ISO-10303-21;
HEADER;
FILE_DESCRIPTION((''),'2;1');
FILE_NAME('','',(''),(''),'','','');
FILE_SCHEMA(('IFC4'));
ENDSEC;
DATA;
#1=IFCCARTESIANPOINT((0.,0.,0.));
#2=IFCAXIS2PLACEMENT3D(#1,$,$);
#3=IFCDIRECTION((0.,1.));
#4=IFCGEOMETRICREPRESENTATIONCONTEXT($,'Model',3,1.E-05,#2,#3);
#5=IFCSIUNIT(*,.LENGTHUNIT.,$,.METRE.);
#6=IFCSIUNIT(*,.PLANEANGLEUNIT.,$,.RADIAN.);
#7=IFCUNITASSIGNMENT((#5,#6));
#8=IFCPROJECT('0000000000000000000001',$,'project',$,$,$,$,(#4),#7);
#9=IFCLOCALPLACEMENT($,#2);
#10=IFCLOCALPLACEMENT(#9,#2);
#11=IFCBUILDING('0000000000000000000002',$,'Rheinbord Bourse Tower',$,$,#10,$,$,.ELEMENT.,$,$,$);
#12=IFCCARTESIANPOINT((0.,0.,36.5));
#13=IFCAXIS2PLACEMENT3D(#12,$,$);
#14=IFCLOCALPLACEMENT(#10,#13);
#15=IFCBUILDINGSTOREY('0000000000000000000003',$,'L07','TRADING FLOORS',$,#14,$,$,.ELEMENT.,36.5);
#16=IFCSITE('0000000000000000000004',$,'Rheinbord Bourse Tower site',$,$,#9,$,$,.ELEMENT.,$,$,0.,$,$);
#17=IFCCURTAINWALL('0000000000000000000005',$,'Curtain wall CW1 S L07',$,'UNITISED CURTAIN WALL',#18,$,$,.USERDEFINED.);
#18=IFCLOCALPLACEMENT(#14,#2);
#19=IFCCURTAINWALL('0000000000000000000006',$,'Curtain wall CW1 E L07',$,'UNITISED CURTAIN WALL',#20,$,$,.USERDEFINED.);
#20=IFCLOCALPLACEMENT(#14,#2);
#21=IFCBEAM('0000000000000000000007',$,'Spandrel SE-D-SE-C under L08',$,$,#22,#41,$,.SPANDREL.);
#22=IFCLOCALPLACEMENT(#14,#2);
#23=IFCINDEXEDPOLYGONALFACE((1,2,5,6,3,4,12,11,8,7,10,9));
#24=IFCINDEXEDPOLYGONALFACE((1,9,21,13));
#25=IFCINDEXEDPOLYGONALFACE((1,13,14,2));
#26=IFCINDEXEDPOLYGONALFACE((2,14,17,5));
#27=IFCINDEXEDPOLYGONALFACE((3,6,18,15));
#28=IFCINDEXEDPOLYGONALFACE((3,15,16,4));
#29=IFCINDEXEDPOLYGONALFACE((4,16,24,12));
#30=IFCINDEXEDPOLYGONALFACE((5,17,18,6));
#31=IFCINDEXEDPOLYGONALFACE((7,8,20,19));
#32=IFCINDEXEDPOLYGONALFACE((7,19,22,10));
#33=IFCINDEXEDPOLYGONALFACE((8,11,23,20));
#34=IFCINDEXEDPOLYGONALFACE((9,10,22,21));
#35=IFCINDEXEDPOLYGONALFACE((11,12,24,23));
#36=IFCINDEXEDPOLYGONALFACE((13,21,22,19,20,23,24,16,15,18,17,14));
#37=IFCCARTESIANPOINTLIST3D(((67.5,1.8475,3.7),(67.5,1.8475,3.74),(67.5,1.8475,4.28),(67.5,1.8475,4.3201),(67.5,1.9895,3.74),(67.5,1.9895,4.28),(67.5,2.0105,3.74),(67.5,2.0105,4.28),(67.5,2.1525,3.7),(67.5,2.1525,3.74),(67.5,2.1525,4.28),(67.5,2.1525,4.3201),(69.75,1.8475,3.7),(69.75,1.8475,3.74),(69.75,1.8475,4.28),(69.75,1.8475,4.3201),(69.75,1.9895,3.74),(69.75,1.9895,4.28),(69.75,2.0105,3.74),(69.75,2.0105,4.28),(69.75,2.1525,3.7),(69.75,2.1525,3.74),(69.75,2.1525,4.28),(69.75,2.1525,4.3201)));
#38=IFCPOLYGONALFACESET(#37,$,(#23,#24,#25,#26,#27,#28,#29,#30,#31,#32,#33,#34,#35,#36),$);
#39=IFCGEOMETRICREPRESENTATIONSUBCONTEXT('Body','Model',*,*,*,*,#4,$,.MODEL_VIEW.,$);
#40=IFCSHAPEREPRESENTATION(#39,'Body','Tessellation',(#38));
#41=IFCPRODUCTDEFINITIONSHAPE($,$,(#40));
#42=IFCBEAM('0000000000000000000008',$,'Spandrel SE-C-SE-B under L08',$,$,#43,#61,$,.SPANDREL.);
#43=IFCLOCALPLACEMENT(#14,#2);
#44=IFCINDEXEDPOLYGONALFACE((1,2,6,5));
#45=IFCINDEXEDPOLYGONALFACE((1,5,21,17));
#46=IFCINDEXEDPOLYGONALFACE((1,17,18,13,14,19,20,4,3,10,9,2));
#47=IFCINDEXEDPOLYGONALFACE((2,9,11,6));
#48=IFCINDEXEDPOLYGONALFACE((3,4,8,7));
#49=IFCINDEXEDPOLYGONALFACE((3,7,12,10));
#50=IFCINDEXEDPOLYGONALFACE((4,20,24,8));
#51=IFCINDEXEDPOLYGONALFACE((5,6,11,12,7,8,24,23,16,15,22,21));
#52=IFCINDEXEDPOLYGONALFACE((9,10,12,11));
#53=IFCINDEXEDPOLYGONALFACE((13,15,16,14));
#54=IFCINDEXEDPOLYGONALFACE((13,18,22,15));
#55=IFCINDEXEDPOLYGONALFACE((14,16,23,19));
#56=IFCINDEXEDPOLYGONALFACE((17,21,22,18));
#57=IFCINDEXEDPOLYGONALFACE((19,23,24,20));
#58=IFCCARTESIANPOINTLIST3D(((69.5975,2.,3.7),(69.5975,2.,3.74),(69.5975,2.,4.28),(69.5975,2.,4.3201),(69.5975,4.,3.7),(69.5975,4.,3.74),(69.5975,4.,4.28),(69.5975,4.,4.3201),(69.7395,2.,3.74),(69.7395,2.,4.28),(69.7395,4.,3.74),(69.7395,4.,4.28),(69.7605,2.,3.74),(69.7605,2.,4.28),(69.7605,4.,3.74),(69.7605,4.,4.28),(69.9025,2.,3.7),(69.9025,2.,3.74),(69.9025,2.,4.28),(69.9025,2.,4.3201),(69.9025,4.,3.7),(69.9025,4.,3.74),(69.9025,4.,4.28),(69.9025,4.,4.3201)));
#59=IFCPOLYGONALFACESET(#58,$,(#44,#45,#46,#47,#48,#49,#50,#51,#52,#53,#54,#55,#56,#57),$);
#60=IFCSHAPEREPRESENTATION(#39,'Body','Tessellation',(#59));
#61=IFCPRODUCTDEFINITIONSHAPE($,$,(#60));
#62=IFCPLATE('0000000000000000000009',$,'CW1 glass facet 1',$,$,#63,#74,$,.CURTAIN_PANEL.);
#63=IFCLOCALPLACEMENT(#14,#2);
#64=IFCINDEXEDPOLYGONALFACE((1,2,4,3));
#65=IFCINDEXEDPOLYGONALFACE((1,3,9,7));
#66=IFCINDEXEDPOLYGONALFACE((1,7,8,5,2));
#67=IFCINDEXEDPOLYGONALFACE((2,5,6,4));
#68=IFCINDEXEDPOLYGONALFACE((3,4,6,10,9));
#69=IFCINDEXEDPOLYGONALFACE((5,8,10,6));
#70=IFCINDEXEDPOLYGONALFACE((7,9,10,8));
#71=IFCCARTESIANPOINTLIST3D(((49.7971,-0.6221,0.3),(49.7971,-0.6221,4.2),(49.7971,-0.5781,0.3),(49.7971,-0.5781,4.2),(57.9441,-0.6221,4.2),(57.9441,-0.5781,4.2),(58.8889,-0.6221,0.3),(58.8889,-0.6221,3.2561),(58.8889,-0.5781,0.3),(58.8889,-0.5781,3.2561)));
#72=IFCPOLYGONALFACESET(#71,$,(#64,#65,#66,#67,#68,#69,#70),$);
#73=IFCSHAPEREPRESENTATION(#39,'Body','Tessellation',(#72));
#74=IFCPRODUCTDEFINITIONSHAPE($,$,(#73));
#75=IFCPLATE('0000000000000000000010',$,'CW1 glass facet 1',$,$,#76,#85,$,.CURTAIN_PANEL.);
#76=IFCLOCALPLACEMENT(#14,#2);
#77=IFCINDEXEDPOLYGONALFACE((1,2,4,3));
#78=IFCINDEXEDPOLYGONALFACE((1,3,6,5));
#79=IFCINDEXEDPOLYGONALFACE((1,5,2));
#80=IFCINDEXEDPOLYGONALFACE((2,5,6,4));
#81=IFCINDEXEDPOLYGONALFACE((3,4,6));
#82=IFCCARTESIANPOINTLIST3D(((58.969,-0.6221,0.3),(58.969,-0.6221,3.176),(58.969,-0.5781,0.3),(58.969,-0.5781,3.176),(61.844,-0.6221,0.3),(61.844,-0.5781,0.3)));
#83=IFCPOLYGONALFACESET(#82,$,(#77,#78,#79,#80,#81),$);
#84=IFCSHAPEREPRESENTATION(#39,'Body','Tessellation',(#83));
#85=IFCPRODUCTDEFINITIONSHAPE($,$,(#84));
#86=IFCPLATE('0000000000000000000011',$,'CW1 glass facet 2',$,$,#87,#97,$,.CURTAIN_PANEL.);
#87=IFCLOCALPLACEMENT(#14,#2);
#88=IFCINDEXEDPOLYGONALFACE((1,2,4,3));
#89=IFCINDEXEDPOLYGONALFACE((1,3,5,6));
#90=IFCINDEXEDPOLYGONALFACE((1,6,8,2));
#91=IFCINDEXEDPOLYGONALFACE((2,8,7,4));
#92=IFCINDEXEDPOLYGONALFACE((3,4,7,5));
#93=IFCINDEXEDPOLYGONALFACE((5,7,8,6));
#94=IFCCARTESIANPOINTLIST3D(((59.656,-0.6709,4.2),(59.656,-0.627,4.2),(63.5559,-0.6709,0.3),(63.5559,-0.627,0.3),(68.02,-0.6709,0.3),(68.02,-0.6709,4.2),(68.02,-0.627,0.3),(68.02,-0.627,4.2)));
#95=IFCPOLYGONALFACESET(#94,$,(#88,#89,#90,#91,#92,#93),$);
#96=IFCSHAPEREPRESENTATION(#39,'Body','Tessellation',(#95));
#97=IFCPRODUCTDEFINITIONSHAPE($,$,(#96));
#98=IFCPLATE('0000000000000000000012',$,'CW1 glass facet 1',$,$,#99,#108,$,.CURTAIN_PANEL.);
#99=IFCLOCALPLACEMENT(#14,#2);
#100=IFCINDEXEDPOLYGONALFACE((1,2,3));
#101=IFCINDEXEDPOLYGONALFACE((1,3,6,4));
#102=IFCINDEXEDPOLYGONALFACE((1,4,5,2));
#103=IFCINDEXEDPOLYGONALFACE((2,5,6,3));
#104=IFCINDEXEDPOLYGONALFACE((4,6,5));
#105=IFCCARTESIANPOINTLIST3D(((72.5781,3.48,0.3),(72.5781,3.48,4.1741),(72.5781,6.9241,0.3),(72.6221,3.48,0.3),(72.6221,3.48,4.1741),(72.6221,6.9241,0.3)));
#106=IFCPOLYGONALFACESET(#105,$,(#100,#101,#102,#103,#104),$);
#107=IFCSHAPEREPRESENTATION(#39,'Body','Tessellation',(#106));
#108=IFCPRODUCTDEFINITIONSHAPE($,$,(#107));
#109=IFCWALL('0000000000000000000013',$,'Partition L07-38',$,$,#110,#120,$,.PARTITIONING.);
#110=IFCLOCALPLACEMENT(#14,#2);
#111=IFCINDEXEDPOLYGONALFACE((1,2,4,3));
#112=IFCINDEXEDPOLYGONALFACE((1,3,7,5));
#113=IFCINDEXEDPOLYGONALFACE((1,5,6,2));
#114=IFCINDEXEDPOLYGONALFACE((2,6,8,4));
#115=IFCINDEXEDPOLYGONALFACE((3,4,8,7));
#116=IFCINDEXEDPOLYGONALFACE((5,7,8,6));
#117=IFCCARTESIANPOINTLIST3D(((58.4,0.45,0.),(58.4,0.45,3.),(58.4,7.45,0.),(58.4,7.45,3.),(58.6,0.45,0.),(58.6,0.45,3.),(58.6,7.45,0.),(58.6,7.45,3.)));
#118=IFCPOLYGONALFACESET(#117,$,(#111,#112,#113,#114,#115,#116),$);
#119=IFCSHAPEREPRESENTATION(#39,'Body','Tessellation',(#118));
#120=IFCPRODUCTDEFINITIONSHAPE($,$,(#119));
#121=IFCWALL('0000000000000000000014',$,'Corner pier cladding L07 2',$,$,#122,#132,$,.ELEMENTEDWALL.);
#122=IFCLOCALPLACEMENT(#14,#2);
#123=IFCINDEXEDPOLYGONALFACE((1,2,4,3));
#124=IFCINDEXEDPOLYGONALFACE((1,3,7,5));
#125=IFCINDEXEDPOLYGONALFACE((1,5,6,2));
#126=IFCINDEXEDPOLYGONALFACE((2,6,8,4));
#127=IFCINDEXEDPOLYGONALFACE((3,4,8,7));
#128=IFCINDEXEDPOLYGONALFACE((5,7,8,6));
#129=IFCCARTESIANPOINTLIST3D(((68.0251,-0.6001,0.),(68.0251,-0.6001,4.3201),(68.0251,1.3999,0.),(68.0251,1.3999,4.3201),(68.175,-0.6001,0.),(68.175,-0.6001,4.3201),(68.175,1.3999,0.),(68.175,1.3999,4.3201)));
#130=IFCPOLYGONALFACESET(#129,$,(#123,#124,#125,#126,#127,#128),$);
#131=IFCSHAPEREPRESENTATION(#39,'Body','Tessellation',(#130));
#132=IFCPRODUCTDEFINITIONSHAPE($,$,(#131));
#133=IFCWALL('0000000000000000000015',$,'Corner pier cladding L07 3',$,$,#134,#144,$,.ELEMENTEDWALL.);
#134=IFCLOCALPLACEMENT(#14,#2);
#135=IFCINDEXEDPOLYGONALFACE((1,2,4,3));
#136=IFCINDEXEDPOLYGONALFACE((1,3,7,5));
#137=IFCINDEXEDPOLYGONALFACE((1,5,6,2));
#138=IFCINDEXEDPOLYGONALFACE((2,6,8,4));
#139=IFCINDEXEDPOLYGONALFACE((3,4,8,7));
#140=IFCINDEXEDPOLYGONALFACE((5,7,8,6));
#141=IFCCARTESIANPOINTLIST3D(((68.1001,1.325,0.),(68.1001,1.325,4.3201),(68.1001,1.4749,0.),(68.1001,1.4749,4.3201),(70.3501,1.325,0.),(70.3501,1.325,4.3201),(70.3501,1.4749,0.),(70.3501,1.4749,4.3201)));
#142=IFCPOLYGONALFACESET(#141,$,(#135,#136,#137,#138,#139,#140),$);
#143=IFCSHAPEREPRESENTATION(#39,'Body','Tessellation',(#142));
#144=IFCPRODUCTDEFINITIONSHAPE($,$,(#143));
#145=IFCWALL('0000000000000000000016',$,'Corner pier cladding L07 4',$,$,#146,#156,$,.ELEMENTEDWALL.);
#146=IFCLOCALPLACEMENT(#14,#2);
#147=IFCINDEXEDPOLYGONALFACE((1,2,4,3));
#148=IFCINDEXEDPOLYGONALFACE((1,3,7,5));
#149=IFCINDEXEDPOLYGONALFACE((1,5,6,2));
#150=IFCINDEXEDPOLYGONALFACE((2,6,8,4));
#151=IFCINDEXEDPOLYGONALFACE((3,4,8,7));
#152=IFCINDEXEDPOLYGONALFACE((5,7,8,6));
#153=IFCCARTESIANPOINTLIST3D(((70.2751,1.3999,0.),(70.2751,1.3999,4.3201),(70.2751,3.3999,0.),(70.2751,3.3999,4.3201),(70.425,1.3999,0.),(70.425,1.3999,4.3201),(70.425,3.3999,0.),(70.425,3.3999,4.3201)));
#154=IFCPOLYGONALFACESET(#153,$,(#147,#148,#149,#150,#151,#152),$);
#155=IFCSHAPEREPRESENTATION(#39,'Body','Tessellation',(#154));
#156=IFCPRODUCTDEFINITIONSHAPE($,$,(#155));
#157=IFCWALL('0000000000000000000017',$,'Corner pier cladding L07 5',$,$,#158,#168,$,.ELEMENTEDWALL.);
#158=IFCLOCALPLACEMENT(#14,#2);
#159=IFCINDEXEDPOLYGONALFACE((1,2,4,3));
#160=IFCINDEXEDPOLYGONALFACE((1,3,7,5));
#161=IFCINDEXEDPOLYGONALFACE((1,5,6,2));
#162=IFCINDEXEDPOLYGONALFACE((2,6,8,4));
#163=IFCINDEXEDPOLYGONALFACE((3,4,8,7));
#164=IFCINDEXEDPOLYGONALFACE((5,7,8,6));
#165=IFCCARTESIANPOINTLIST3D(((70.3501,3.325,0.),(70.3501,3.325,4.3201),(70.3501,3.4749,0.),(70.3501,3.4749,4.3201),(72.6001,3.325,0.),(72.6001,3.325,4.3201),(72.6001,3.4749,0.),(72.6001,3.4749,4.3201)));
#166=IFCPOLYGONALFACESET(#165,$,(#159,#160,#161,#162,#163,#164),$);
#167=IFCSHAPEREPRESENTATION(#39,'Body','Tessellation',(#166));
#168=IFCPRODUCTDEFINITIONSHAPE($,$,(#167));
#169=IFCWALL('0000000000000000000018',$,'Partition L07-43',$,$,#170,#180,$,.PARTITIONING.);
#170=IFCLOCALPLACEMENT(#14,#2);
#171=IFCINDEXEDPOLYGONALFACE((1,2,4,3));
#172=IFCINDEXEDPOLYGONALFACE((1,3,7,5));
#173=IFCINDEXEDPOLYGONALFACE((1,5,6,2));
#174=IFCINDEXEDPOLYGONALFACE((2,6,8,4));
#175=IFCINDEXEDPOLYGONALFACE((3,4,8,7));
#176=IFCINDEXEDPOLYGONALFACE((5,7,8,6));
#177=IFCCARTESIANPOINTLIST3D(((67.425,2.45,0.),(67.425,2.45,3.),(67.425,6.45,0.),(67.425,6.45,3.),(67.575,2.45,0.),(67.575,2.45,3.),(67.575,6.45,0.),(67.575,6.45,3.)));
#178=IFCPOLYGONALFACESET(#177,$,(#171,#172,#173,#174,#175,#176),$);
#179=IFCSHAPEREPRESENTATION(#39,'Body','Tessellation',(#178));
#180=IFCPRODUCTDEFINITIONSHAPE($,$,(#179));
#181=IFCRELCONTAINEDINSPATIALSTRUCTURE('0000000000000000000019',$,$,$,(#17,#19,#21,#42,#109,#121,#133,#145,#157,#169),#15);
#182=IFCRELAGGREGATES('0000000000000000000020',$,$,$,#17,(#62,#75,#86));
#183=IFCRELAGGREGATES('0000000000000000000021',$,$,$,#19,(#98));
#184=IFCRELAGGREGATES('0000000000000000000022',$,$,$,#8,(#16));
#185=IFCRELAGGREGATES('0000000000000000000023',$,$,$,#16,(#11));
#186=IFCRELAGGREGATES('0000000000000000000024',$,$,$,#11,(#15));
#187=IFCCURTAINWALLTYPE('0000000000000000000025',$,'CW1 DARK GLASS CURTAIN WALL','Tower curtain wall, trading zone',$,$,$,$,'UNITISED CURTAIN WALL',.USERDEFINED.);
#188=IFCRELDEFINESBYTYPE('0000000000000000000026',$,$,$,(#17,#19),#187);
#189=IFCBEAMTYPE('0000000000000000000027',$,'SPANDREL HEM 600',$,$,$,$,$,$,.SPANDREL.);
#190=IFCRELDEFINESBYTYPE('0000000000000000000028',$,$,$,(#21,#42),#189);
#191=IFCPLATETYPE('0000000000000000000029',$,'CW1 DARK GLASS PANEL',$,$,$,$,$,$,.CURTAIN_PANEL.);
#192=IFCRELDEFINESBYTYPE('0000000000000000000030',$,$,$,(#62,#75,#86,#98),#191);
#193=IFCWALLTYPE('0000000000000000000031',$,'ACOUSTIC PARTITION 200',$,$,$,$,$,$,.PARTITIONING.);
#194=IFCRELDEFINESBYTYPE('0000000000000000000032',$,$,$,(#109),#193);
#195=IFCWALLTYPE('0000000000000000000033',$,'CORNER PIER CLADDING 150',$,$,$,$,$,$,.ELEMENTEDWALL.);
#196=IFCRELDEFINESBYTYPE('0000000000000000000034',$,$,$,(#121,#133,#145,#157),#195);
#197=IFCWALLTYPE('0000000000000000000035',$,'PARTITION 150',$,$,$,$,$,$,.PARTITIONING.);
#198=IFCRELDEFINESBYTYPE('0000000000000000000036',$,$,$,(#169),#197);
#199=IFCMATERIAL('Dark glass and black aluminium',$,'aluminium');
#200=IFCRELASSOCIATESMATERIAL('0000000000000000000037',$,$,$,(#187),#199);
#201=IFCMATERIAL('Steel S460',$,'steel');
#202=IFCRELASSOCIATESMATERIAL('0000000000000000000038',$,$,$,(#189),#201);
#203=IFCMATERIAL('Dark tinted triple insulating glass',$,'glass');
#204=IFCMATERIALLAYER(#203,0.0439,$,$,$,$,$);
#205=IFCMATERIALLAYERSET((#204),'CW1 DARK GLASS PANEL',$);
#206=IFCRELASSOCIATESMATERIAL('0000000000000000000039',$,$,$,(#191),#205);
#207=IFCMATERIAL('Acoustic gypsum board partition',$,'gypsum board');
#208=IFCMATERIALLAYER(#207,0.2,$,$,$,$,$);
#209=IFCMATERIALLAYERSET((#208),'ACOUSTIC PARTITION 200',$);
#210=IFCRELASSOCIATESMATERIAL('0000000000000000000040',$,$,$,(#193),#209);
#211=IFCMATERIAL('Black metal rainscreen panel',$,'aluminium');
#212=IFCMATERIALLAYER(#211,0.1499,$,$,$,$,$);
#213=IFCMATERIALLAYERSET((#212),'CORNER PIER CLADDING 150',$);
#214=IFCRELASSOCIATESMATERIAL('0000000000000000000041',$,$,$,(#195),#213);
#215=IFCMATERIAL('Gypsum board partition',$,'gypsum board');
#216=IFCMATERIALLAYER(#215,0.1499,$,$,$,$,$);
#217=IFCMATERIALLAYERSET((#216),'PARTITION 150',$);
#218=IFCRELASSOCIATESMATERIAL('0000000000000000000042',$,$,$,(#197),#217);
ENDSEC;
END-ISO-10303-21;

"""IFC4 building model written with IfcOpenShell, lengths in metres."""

from ifc_helpers import new_model, si_unit, direction, frame, frame_2d, origin, origin_2d, place, context, subcontext, project, spatial, polyline, rectangle, i_section, outline, extrude, material, layer, layer_set, material_profile, profile_set, type_object, element, aggregate, save


model = new_model("IFC4")

# Units and contexts
model_context = context("Model", 3, precision=1e-05, world=origin(), true_north=direction((0.0, 1.0)))
body_context = subcontext(model_context, "Body", "Model", "MODEL_VIEW")
ifc_project = project(units=[si_unit("LENGTHUNIT", "METRE"), si_unit("PLANEANGLEUNIT", "RADIAN")], contexts=[model_context])

# Site, building, storey
site_placement = place(None, origin())
site = spatial("IfcSite", under=ifc_project, at=site_placement, Name="Rheinbord Bourse Tower site", CompositionType="ELEMENT", RefElevation=0.0)
building_placement = place(site_placement, origin())
building = spatial("IfcBuilding", under=site, at=building_placement, Name="Rheinbord Bourse Tower", CompositionType="ELEMENT")
storey_placement = place(building_placement, frame((0.0, 0.0, 36.5)))
storey = spatial("IfcBuildingStorey", under=building, at=storey_placement, Name="L07", Description="TRADING FLOORS", CompositionType="ELEMENT", Elevation=36.5)

# Curtain wall
ifc_material_1 = material(Name="Dark glass and black aluminium", Category="aluminium")
curtain_wall_type = type_object("IfcCurtainWallType", Name="CW1 DARK GLASS CURTAIN WALL", Description="Tower curtain wall, trading zone", ElementType="UNITISED CURTAIN WALL", PredefinedType="USERDEFINED", material=ifc_material_1)
curtain_wall_1_placement = place(storey_placement, origin())
curtain_wall_1 = element("IfcCurtainWall", 1, at=curtain_wall_1_placement, inside=storey, type_object=curtain_wall_type, Name="Curtain wall CW1 S L07", ObjectType="UNITISED CURTAIN WALL", PredefinedType="USERDEFINED")

# Curtain wall
curtain_wall_2_placement = place(storey_placement, origin())
curtain_wall_2 = element("IfcCurtainWall", 2, at=curtain_wall_2_placement, inside=storey, type_object=curtain_wall_type, Name="Curtain wall CW1 E L07", ObjectType="UNITISED CURTAIN WALL", PredefinedType="USERDEFINED")

# Beams
ifc_material_2 = material(Name="Steel S460", Category="steel")
ifc_material_profile_1 = material_profile(ifc_material_2, i_section(OverallWidth=0.3049, OverallDepth=0.6201, WebThickness=0.021, FlangeThickness=0.04, at=origin_2d()), Name="HEM 600")
ifc_profile_set_1 = profile_set([ifc_material_profile_1], Name="Steel S460")
beam_type_1 = type_object("IfcBeamType", Name="SPANDREL HEM 600", PredefinedType="SPANDREL", material=ifc_profile_set_1)
beam_1_placement = place(storey_placement, frame((67.5, 2.0, 4.01), z_axis=(1.0, 0.0, 0.0), x_axis=(0.0, 1.0, 0.0)))
element("IfcBeam", 3, at=beam_1_placement, inside=storey, type_object=beam_type_1, Name="Spandrel SE-D-SE-C under L08", PredefinedType="SPANDREL", context=body_context, shape_type="SweptSolid", body=[
    extrude(i_section(OverallWidth=0.3049, OverallDepth=0.6201, WebThickness=0.021, FlangeThickness=0.04, at=origin_2d()), origin(), (0.0, 0.0, 1.0), 2.25),
])
beam_2_placement = place(storey_placement, frame((69.75, 2.0, 4.01), z_axis=(0.0, 1.0, 0.0), x_axis=(-1.0, 0.0, 0.0)))
element("IfcBeam", 4, at=beam_2_placement, inside=storey, type_object=beam_type_1, Name="Spandrel SE-C-SE-B under L08", PredefinedType="SPANDREL", context=body_context, shape_type="SweptSolid", body=[
    extrude(i_section(OverallWidth=0.3049, OverallDepth=0.6201, WebThickness=0.021, FlangeThickness=0.04, at=origin_2d()), origin(), (0.0, 0.0, 1.0), 2.0),
])

# Plates
ifc_material_3 = material(Name="Dark tinted triple insulating glass", Category="glass")
ifc_layer_1 = layer(ifc_material_3, 0.0439)
ifc_layer_set_1 = layer_set([ifc_layer_1], Name="CW1 DARK GLASS PANEL")
plate_type = type_object("IfcPlateType", Name="CW1 DARK GLASS PANEL", PredefinedType="CURTAIN_PANEL", material=ifc_layer_set_1)
plate_1_placement = place(storey_placement, frame((58.8889, -0.6221, 0.3), z_axis=(0.0, 1.0, 0.0), x_axis=(-1.0, 0.0, 0.0)))
plate_1 = element("IfcPlate", 5, at=plate_1_placement, type_object=plate_type, Name="CW1 glass facet 1", PredefinedType="CURTAIN_PANEL", context=body_context, shape_type="SweptSolid", body=[
    extrude(outline(polyline([(0.0, 0.0), (9.0918, 0.0), (9.0918, 3.8999), (0.9448, 3.8999), (0.0, 2.9561), (0.0, 0.0)])), origin(), (0.0, 0.0, 1.0), 0.0439),
])
plate_2_placement = place(storey_placement, frame((58.969, -0.6221, 0.3), z_axis=(0.0, 1.0, 0.0), x_axis=(0.0, 0.0, 1.0)))
plate_2 = element("IfcPlate", 6, at=plate_2_placement, type_object=plate_type, Name="CW1 glass facet 1", PredefinedType="CURTAIN_PANEL", context=body_context, shape_type="SweptSolid", body=[
    extrude(outline(polyline([(0.0, 0.0), (2.876, 0.0), (0.0, 2.875), (0.0, 0.0)])), origin(), (0.0, 0.0, 1.0), 0.0439),
])
plate_3_placement = place(storey_placement, frame((68.02, -0.6709, 4.2), z_axis=(0.0, 1.0, 0.0), x_axis=(0.0, 0.0, -1.0)))
plate_3 = element("IfcPlate", 7, at=plate_3_placement, type_object=plate_type, Name="CW1 glass facet 2", PredefinedType="CURTAIN_PANEL", context=body_context, shape_type="SweptSolid", body=[
    extrude(outline(polyline([(0.0, 0.0), (3.8999, 0.0), (3.8999, 4.4641), (0.0, 8.364), (0.0, 0.0)])), origin(), (0.0, 0.0, 1.0), 0.0439),
])
aggregate(curtain_wall_1, [plate_1, plate_2, plate_3])
plate_4_placement = place(storey_placement, frame((72.6221, 3.48, 0.3), z_axis=(-1.0, 0.0, 0.0), x_axis=(0.0, 0.0, 1.0)))
plate_4 = element("IfcPlate", 8, at=plate_4_placement, type_object=plate_type, Name="CW1 glass facet 1", PredefinedType="CURTAIN_PANEL", context=body_context, shape_type="SweptSolid", body=[
    extrude(outline(polyline([(0.0, 0.0), (3.874, 0.0), (0.0, 3.4441), (0.0, 0.0)])), origin(), (0.0, 0.0, 1.0), 0.0439),
])
aggregate(curtain_wall_2, [plate_4])

# Walls
ifc_material_4 = material(Name="Acoustic gypsum board partition", Category="gypsum board")
ifc_layer_2 = layer(ifc_material_4, 0.2)
ifc_layer_set_2 = layer_set([ifc_layer_2], Name="ACOUSTIC PARTITION 200")
wall_type_1 = type_object("IfcWallType", Name="ACOUSTIC PARTITION 200", PredefinedType="PARTITIONING", material=ifc_layer_set_2)
wall_1_placement = place(storey_placement, frame((58.5, 0.45, 0.0), z_axis=(0.0, 0.0, 1.0), x_axis=(0.0, 1.0, 0.0)))
element("IfcWall", 9, at=wall_1_placement, inside=storey, type_object=wall_type_1, Name="Partition L07-38", PredefinedType="PARTITIONING", context=body_context, shape_type="SweptSolid", body=[
    extrude(rectangle(XDim=7.0, YDim=0.2, at=frame_2d((3.5, 0.0))), origin(), (0.0, 0.0, 1.0), 3.0),
])
ifc_material_5 = material(Name="Black metal rainscreen panel", Category="aluminium")
ifc_layer_3 = layer(ifc_material_5, 0.1499)
ifc_layer_set_3 = layer_set([ifc_layer_3], Name="CORNER PIER CLADDING 150")
wall_type_2 = type_object("IfcWallType", Name="CORNER PIER CLADDING 150", PredefinedType="ELEMENTEDWALL", material=ifc_layer_set_3)
wall_2_placement = place(storey_placement, frame((68.1001, -0.6001, 0.0), z_axis=(0.0, 0.0, 1.0), x_axis=(0.0, 1.0, 0.0)))
element("IfcWall", 10, at=wall_2_placement, inside=storey, type_object=wall_type_2, Name="Corner pier cladding L07 2", PredefinedType="ELEMENTEDWALL", context=body_context, shape_type="SweptSolid", body=[
    extrude(rectangle(XDim=2.0, YDim=0.1499, at=frame_2d((1.0, 0.0))), origin(), (0.0, 0.0, 1.0), 4.3201),
])
wall_3_placement = place(storey_placement, frame((68.1001, 1.3999, 0.0), z_axis=(0.0, 0.0, 1.0), x_axis=(1.0, 0.0, 0.0)))
element("IfcWall", 11, at=wall_3_placement, inside=storey, type_object=wall_type_2, Name="Corner pier cladding L07 3", PredefinedType="ELEMENTEDWALL", context=body_context, shape_type="SweptSolid", body=[
    extrude(rectangle(XDim=2.25, YDim=0.1499, at=frame_2d((1.125, 0.0))), origin(), (0.0, 0.0, 1.0), 4.3201),
])
wall_4_placement = place(storey_placement, frame((70.3501, 1.3999, 0.0), z_axis=(0.0, 0.0, 1.0), x_axis=(0.0, 1.0, 0.0)))
element("IfcWall", 12, at=wall_4_placement, inside=storey, type_object=wall_type_2, Name="Corner pier cladding L07 4", PredefinedType="ELEMENTEDWALL", context=body_context, shape_type="SweptSolid", body=[
    extrude(rectangle(XDim=2.0, YDim=0.1499, at=frame_2d((1.0, 0.0))), origin(), (0.0, 0.0, 1.0), 4.3201),
])
wall_5_placement = place(storey_placement, frame((70.3501, 3.3999, 0.0), z_axis=(0.0, 0.0, 1.0), x_axis=(1.0, 0.0, 0.0)))
element("IfcWall", 13, at=wall_5_placement, inside=storey, type_object=wall_type_2, Name="Corner pier cladding L07 5", PredefinedType="ELEMENTEDWALL", context=body_context, shape_type="SweptSolid", body=[
    extrude(rectangle(XDim=2.25, YDim=0.1499, at=frame_2d((1.125, 0.0))), origin(), (0.0, 0.0, 1.0), 4.3201),
])
ifc_material_6 = material(Name="Gypsum board partition", Category="gypsum board")
ifc_layer_4 = layer(ifc_material_6, 0.1499)
ifc_layer_set_4 = layer_set([ifc_layer_4], Name="PARTITION 150")
wall_type_3 = type_object("IfcWallType", Name="PARTITION 150", PredefinedType="PARTITIONING", material=ifc_layer_set_4)
wall_6_placement = place(storey_placement, frame((67.5, 2.45, 0.0), z_axis=(0.0, 0.0, 1.0), x_axis=(0.0, 1.0, 0.0)))
element("IfcWall", 14, at=wall_6_placement, inside=storey, type_object=wall_type_3, Name="Partition L07-43", PredefinedType="PARTITIONING", context=body_context, shape_type="SweptSolid", body=[
    extrude(rectangle(XDim=4.0, YDim=0.1499, at=frame_2d((2.0, 0.0))), origin(), (0.0, 0.0, 1.0), 3.0),
])

save(model, "model.ifc")
